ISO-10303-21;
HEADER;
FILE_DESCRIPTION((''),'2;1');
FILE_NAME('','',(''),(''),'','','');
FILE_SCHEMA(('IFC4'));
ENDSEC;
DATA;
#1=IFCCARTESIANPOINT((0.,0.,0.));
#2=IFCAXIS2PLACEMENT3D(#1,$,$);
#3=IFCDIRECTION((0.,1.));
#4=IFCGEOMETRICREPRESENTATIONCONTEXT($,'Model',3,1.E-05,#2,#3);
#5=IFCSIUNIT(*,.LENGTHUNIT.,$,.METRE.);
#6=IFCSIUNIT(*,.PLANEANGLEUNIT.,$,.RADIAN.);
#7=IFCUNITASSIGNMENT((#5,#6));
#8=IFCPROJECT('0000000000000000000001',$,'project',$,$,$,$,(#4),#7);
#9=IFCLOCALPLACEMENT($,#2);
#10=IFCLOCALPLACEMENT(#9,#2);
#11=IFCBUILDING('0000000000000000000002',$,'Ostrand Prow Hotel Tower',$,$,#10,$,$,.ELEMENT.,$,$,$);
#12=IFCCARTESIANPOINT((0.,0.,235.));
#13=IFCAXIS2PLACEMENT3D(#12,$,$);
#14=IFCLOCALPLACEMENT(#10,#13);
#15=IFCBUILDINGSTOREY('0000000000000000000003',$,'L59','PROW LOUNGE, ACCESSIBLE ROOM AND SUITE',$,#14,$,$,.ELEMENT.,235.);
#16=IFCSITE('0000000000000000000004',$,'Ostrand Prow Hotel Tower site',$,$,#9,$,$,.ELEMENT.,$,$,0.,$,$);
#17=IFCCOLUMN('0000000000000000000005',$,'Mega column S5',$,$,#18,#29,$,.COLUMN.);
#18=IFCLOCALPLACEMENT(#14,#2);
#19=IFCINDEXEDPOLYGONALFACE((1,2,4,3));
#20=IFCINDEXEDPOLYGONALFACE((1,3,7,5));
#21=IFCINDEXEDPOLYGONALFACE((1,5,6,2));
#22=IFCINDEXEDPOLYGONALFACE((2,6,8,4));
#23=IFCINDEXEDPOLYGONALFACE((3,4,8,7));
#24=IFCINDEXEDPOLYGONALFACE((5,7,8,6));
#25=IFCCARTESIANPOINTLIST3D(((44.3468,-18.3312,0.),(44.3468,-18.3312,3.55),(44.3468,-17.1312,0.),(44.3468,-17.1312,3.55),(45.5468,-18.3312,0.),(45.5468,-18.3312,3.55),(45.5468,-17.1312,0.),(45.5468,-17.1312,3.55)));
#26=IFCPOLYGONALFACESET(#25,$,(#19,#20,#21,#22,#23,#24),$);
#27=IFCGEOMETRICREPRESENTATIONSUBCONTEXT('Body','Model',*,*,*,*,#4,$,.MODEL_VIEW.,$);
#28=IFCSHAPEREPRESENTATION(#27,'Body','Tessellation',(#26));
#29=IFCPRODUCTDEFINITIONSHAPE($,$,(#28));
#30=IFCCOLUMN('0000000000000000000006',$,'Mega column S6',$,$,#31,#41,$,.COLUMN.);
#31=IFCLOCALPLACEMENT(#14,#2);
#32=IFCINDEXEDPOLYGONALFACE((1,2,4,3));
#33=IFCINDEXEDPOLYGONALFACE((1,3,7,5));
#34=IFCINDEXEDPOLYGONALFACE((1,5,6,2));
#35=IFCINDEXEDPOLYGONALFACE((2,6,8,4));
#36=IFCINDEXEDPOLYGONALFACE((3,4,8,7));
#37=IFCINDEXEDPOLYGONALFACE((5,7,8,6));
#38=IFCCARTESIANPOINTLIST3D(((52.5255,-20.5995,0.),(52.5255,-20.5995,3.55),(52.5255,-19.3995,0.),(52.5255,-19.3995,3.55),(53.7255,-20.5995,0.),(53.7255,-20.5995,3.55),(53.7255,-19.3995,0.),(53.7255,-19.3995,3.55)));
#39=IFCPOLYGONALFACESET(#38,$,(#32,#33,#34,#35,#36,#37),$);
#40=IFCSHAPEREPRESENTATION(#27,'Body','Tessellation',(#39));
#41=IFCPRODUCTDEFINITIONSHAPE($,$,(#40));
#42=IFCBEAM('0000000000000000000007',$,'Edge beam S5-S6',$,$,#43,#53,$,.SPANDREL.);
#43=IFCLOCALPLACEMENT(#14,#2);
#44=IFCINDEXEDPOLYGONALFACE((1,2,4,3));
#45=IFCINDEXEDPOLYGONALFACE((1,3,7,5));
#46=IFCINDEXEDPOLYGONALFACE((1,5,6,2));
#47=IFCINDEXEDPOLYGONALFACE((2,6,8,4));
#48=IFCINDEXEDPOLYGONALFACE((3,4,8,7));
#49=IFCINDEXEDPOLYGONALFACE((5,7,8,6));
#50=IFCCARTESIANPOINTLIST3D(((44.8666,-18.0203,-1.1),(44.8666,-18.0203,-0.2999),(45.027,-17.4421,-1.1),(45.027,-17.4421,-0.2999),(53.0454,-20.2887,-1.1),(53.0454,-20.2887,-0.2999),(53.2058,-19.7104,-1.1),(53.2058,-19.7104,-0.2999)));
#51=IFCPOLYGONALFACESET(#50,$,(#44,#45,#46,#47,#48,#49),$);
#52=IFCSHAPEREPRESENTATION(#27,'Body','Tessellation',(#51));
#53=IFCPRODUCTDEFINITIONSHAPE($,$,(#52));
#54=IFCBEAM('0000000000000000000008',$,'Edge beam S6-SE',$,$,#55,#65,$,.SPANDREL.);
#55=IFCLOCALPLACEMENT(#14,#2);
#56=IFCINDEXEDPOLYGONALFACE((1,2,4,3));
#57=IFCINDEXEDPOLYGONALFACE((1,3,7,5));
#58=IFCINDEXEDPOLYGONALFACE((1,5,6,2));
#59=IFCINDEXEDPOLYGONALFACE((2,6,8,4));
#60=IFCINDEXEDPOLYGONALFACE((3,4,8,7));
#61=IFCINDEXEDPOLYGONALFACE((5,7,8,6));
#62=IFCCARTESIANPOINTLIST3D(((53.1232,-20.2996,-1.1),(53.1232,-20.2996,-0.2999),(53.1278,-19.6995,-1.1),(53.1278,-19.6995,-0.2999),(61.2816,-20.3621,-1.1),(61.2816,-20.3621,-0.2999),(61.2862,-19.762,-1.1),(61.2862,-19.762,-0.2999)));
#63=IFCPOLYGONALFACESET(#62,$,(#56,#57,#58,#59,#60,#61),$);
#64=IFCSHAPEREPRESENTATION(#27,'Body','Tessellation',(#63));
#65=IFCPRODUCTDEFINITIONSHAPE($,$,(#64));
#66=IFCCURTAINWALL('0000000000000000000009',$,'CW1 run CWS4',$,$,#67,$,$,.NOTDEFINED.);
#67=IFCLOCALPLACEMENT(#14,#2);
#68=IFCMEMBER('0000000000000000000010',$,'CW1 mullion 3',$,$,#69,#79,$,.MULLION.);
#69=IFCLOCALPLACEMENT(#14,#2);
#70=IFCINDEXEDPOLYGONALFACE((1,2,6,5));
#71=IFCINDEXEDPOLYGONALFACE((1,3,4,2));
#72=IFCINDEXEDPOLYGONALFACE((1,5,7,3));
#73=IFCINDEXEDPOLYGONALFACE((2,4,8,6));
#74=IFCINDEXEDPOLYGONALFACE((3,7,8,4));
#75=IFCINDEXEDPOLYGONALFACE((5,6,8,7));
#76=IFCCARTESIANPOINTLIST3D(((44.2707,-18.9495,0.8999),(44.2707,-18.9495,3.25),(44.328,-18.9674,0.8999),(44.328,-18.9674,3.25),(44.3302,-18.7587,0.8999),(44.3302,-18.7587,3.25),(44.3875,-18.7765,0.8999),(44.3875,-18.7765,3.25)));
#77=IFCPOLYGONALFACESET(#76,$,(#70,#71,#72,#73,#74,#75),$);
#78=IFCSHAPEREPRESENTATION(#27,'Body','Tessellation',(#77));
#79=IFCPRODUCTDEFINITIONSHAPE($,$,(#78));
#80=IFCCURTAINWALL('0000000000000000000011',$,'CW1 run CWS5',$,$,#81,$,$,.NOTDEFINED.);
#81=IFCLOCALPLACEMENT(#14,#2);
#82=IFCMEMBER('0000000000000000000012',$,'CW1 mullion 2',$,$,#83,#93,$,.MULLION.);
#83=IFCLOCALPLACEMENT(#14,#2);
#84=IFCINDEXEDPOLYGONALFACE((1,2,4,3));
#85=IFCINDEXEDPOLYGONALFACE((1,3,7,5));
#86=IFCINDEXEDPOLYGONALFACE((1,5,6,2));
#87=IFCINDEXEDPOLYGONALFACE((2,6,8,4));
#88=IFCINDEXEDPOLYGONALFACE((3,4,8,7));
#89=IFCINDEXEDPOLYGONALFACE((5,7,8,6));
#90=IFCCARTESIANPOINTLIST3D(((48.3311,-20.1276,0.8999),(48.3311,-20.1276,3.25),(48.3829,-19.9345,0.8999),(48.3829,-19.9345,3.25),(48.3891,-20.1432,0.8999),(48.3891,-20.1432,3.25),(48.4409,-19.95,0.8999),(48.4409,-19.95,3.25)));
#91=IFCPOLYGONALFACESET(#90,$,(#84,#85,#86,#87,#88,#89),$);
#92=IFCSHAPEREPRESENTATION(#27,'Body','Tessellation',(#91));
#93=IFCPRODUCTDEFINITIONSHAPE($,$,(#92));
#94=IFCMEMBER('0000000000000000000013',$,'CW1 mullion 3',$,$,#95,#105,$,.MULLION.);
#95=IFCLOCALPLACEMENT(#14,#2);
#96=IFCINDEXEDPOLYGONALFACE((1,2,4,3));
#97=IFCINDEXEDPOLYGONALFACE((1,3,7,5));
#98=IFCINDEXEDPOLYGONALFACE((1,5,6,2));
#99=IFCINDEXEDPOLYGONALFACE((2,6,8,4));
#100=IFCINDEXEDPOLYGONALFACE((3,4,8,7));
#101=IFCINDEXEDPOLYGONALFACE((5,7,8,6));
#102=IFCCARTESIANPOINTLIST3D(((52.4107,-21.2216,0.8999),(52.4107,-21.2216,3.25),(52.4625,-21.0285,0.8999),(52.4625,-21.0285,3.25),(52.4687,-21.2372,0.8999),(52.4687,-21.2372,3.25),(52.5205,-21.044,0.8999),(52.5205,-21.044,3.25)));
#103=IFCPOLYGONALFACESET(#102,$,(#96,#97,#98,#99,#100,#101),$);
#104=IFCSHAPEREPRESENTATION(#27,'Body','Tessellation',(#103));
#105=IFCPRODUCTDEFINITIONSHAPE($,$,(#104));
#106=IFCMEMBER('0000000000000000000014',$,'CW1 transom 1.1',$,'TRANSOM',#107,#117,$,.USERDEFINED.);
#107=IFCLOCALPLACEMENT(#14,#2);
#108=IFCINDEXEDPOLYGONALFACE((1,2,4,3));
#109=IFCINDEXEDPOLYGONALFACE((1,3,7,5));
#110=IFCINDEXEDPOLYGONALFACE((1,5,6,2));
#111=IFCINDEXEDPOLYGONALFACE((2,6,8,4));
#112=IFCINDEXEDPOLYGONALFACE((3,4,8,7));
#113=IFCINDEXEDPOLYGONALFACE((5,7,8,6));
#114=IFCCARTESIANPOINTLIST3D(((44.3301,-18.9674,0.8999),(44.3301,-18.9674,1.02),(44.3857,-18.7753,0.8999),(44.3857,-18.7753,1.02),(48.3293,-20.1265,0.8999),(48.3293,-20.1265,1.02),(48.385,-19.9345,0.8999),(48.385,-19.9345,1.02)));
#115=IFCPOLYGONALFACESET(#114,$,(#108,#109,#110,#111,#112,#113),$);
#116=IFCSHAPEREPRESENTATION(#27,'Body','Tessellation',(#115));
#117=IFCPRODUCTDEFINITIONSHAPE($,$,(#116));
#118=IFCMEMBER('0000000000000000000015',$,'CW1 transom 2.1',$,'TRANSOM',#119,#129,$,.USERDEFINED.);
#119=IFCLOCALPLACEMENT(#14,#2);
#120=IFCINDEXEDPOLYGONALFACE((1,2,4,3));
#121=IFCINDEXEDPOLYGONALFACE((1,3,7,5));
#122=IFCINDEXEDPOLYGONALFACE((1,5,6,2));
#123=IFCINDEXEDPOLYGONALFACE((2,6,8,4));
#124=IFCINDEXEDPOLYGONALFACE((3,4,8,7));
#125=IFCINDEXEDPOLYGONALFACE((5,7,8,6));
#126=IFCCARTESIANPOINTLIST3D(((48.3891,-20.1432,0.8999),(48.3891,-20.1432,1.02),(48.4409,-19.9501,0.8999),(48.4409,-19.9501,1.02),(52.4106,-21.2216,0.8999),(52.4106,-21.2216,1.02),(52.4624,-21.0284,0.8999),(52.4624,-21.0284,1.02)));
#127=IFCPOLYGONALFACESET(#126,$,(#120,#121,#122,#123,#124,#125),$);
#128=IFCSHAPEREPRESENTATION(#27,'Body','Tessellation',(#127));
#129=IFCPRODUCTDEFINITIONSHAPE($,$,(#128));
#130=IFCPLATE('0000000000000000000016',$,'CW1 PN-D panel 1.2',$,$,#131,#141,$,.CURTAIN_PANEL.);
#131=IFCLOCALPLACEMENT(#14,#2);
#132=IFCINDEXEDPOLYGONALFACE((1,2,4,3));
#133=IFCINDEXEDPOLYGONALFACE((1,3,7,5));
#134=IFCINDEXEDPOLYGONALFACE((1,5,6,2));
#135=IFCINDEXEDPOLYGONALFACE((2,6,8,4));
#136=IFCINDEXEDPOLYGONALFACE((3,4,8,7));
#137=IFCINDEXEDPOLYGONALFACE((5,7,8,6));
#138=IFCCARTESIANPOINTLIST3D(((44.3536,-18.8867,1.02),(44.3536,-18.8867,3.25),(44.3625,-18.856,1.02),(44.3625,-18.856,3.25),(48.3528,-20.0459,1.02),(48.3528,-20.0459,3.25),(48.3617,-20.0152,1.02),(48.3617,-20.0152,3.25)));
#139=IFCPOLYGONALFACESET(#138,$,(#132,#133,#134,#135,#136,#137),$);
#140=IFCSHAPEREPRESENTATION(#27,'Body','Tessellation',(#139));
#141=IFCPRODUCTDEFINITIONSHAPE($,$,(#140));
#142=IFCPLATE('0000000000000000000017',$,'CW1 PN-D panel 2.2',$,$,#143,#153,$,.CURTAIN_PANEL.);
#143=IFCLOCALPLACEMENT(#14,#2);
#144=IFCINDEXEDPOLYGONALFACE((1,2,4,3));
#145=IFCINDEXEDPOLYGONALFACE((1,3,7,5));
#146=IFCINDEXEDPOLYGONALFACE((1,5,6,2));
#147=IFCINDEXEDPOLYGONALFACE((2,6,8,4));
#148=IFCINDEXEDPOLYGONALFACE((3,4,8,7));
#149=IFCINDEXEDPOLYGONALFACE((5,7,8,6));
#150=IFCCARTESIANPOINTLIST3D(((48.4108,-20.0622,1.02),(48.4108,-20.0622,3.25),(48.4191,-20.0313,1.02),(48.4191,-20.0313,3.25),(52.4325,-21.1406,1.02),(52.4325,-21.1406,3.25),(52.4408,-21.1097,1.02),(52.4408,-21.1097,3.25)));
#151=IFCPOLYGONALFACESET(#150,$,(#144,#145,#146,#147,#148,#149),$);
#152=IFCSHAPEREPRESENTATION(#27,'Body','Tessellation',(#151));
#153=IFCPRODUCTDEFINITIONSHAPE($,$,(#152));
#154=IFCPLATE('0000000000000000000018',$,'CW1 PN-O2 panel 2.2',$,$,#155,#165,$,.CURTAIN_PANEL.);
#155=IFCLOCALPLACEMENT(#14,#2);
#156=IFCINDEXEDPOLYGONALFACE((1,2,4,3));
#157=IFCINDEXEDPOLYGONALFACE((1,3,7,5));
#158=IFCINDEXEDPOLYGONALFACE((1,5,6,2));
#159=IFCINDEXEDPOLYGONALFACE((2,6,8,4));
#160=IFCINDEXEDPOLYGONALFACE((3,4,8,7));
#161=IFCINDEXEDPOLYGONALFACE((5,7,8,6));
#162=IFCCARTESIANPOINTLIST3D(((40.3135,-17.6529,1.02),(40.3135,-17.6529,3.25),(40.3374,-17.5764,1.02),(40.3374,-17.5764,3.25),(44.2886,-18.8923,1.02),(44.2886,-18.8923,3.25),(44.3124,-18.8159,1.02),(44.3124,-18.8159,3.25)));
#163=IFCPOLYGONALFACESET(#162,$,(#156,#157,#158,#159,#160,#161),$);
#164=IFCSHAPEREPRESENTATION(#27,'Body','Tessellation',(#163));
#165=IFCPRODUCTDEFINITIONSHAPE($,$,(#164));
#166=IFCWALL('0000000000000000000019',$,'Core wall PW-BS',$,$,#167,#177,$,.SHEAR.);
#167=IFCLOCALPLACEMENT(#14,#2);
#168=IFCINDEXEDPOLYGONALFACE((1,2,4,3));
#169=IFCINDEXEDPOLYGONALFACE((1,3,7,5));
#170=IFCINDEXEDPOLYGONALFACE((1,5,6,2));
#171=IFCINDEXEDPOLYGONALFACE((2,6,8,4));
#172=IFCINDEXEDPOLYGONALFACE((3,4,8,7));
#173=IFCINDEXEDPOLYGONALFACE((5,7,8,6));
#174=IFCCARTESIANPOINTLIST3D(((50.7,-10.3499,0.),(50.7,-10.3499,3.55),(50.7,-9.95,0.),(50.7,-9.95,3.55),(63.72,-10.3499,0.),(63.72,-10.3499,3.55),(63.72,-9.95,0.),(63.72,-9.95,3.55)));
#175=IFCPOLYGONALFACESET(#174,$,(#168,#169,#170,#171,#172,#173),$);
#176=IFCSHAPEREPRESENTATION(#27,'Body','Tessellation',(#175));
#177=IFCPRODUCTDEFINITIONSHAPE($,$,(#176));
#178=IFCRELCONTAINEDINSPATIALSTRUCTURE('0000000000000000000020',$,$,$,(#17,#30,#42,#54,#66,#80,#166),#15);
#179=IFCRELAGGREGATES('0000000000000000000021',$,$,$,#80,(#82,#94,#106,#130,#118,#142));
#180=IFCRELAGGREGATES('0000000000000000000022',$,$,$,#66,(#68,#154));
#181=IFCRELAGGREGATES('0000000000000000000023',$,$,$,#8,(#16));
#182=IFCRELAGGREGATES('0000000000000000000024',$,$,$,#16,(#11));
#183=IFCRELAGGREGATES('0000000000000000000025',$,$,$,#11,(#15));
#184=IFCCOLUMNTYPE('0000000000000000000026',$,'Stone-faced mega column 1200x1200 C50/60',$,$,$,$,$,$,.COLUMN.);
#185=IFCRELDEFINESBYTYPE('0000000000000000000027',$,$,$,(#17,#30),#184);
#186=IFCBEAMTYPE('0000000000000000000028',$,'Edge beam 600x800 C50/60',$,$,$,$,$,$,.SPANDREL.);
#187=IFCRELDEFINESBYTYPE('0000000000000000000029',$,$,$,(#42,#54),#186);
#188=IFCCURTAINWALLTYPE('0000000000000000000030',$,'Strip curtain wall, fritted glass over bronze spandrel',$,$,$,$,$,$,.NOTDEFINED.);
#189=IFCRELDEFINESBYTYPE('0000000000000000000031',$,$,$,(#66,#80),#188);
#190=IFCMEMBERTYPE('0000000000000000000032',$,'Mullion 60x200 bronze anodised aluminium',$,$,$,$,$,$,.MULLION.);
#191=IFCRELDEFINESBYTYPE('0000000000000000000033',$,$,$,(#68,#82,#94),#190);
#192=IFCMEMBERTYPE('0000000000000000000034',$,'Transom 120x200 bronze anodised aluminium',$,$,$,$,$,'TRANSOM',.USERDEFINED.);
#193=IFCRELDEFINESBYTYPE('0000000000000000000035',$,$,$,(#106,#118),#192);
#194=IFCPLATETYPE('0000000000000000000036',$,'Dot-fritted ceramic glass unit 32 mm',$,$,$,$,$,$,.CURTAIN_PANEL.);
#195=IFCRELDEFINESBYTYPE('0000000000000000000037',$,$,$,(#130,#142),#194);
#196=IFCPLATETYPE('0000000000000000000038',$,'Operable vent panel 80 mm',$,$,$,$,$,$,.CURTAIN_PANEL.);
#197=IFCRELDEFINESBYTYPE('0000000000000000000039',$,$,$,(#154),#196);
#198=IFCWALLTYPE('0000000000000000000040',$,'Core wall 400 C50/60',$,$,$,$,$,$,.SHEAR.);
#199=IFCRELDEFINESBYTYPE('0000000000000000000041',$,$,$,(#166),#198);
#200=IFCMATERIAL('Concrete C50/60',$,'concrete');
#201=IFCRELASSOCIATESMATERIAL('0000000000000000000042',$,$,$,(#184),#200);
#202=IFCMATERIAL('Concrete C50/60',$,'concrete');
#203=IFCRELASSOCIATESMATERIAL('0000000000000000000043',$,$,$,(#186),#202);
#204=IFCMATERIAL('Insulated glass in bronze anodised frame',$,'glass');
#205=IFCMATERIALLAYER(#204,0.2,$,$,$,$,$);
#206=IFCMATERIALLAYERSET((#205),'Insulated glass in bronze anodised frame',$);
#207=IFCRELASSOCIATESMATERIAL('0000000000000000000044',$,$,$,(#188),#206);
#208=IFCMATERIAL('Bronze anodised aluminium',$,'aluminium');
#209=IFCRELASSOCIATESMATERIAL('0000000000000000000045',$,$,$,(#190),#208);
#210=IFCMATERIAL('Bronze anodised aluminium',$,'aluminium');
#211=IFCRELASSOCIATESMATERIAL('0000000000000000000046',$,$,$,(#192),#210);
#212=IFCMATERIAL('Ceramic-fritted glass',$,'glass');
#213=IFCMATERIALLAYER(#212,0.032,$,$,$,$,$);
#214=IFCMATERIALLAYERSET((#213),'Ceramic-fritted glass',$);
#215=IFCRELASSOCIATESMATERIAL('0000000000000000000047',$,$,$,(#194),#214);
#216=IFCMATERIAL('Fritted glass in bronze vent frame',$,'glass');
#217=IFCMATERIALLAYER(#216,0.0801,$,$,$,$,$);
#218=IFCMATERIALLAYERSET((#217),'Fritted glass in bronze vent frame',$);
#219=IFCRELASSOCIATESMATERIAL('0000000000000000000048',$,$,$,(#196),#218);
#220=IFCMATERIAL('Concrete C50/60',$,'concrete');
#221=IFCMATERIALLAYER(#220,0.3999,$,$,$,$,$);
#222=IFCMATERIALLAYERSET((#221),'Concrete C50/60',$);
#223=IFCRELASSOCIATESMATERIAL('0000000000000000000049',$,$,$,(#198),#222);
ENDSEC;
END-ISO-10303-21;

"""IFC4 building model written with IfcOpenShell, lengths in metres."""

from ifc_helpers import new_model, si_unit, direction, frame, frame_2d, origin, origin_2d, place, context, subcontext, project, spatial, rectangle, extrude, material, layer, layer_set, material_profile, profile_set, type_object, element, aggregate, save


model = new_model("IFC4")

# Units and contexts
model_context = context("Model", 3, precision=1e-05, world=origin(), true_north=direction((0.0, 1.0)))
body_context = subcontext(model_context, "Body", "Model", "MODEL_VIEW")
ifc_project = project(units=[si_unit("LENGTHUNIT", "METRE"), si_unit("PLANEANGLEUNIT", "RADIAN")], contexts=[model_context])

# Site, building, storey
site_placement = place(None, origin())
site = spatial("IfcSite", under=ifc_project, at=site_placement, Name="Ostrand Prow Hotel Tower site", CompositionType="ELEMENT", RefElevation=0.0)
building_placement = place(site_placement, origin())
building = spatial("IfcBuilding", under=site, at=building_placement, Name="Ostrand Prow Hotel Tower", CompositionType="ELEMENT")
storey_placement = place(building_placement, frame((0.0, 0.0, 235.0)))
storey = spatial("IfcBuildingStorey", under=building, at=storey_placement, Name="L59", Description="PROW LOUNGE, ACCESSIBLE ROOM AND SUITE", CompositionType="ELEMENT", Elevation=235.0)

# Columns
ifc_material_1 = material(Name="Concrete C50/60", Category="concrete")
ifc_material_profile_1 = material_profile(ifc_material_1, rectangle(XDim=1.2, YDim=1.2, at=origin_2d()), Name="RC 1200x1200")
ifc_profile_set_1 = profile_set([ifc_material_profile_1], Name="Concrete C50/60")
column_type = type_object("IfcColumnType", Name="Stone-faced mega column 1200x1200 C50/60", PredefinedType="COLUMN", material=ifc_profile_set_1)
for number, where, z_axis, x_axis, name in (
    (1, (44.9468, -17.7312, 0.0), (0.0, 0.0, 1.0), (1.0, 0.0, 0.0), "Mega column S5"),
    (2, (53.1255, -19.9995, 0.0), (0.0, 0.0, 1.0), (1.0, 0.0, 0.0), "Mega column S6"),
):
    element("IfcColumn", number, at=place(storey_placement, frame(where, z_axis=z_axis, x_axis=x_axis)), inside=storey, type_object=column_type, Name=name, PredefinedType="COLUMN", context=body_context, shape_type="SweptSolid", body=[
        extrude(rectangle(XDim=1.2, YDim=1.2, at=origin_2d()), origin(), (0.0, 0.0, 1.0), 3.55),
    ])

# Beams
ifc_material_2 = material(Name="Concrete C50/60", Category="concrete")
ifc_material_profile_2 = material_profile(ifc_material_2, rectangle(XDim=0.6001, YDim=0.8, at=origin_2d()), Name="RC 600x800")
ifc_profile_set_2 = profile_set([ifc_material_profile_2], Name="Concrete C50/60")
beam_type = type_object("IfcBeamType", Name="Edge beam 600x800 C50/60", PredefinedType="SPANDREL", material=ifc_profile_set_2)
beam_1_placement = place(storey_placement, frame((44.9468, -17.7312, -0.7), z_axis=(0.963626, -0.267255, 0.0), x_axis=(0.267255, 0.963626, 0.0)))
element("IfcBeam", 3, at=beam_1_placement, inside=storey, type_object=beam_type, Name="Edge beam S5-S6", PredefinedType="SPANDREL", context=body_context, shape_type="SweptSolid", body=[
    extrude(rectangle(XDim=0.6001, YDim=0.8, at=origin_2d()), origin(), (0.0, 0.0, 1.0), 8.4875),
])
beam_2_placement = place(storey_placement, frame((53.1255, -19.9995, -0.7), z_axis=(0.999971, -0.007661, 0.0), x_axis=(0.007661, 0.999971, 0.0)))
element("IfcBeam", 4, at=beam_2_placement, inside=storey, type_object=beam_type, Name="Edge beam S6-SE", PredefinedType="SPANDREL", context=body_context, shape_type="SweptSolid", body=[
    extrude(rectangle(XDim=0.6001, YDim=0.8, at=origin_2d()), origin(), (0.0, 0.0, 1.0), 8.1587),
])

# Curtain wall, member
ifc_material_3 = material(Name="Insulated glass in bronze anodised frame", Category="glass")
ifc_layer_1 = layer(ifc_material_3, 0.2)
ifc_layer_set_1 = layer_set([ifc_layer_1], Name="Insulated glass in bronze anodised frame")
curtain_wall_type = type_object("IfcCurtainWallType", Name="Strip curtain wall, fritted glass over bronze spandrel", PredefinedType="NOTDEFINED", material=ifc_layer_set_1)
curtain_wall_1_placement = place(storey_placement, origin())
curtain_wall_1 = element("IfcCurtainWall", 5, at=curtain_wall_1_placement, inside=storey, type_object=curtain_wall_type, Name="CW1 run CWS4", PredefinedType="NOTDEFINED")
ifc_material_4 = material(Name="Bronze anodised aluminium", Category="aluminium")
ifc_material_profile_3 = material_profile(ifc_material_4, rectangle(XDim=0.2, YDim=0.0601, at=origin_2d()), Name="Mullion 60x200 bronze anodised aluminium")
ifc_profile_set_3 = profile_set([ifc_material_profile_3], Name="Bronze anodised aluminium")
member_type_1 = type_object("IfcMemberType", Name="Mullion 60x200 bronze anodised aluminium", PredefinedType="MULLION", material=ifc_profile_set_3)
member_1_placement = place(storey_placement, frame((44.3291, -18.863, 0.8999), z_axis=(0.0, 0.0, 1.0), x_axis=(0.297678, 0.954666, 0.0)))
member_1 = element("IfcMember", 6, at=member_1_placement, type_object=member_type_1, Name="CW1 mullion 3", PredefinedType="MULLION", context=body_context, shape_type="SweptSolid", body=[
    extrude(rectangle(XDim=0.2, YDim=0.0601, at=origin_2d()), origin(), (0.0, 0.0, 1.0), 2.3501),
])

# Curtain wall, members, plates
curtain_wall_2_placement = place(storey_placement, origin())
curtain_wall_2 = element("IfcCurtainWall", 7, at=curtain_wall_2_placement, inside=storey, type_object=curtain_wall_type, Name="CW1 run CWS5", PredefinedType="NOTDEFINED")
member_2_placement = place(storey_placement, frame((48.386, -20.0388, 0.8999), z_axis=(0.0, 0.0, 1.0), x_axis=(0.258994, 0.965879, 0.0)))
member_2 = element("IfcMember", 8, at=member_2_placement, type_object=member_type_1, Name="CW1 mullion 2", PredefinedType="MULLION", context=body_context, shape_type="SweptSolid", body=[
    extrude(rectangle(XDim=0.2, YDim=0.0601, at=origin_2d()), origin(), (0.0, 0.0, 1.0), 2.3501),
])
member_3_placement = place(storey_placement, frame((52.4656, -21.1328, 0.8999), z_axis=(0.0, 0.0, 1.0), x_axis=(0.258994, 0.965879, 0.0)))
member_3 = element("IfcMember", 9, at=member_3_placement, type_object=member_type_1, Name="CW1 mullion 3", PredefinedType="MULLION", context=body_context, shape_type="SweptSolid", body=[
    extrude(rectangle(XDim=0.2, YDim=0.0601, at=origin_2d()), origin(), (0.0, 0.0, 1.0), 2.3501),
])
ifc_material_5 = material(Name="Bronze anodised aluminium", Category="aluminium")
ifc_material_profile_4 = material_profile(ifc_material_5, rectangle(XDim=0.2, YDim=0.1201, at=origin_2d()), Name="Transom 120x200 bronze anodised aluminium")
ifc_profile_set_4 = profile_set([ifc_material_profile_4], Name="Bronze anodised aluminium")
member_type_2 = type_object("IfcMemberType", Name="Transom 120x200 bronze anodised aluminium", ElementType="TRANSOM", PredefinedType="USERDEFINED", material=ifc_profile_set_4)
member_4_placement = place(storey_placement, frame((44.3579, -18.8713, 0.96), z_axis=(0.960468, -0.27839, 0.0), x_axis=(0.27839, 0.960468, 0.0)))
member_4 = element("IfcMember", 10, at=member_4_placement, type_object=member_type_2, Name="CW1 transom 1.1", ObjectType="TRANSOM", PredefinedType="USERDEFINED", context=body_context, shape_type="SweptSolid", body=[
    extrude(rectangle(XDim=0.2, YDim=0.1201, at=origin_2d()), origin(), (0.0, 0.0, 1.0), 4.1638),
])
member_5_placement = place(storey_placement, frame((48.415, -20.0466, 0.96), z_axis=(0.965877, -0.259002, 0.0), x_axis=(0.259002, 0.965877, 0.0)))
member_5 = element("IfcMember", 11, at=member_5_placement, type_object=member_type_2, Name="CW1 transom 2.1", ObjectType="TRANSOM", PredefinedType="USERDEFINED", context=body_context, shape_type="SweptSolid", body=[
    extrude(rectangle(XDim=0.2, YDim=0.1201, at=origin_2d()), origin(), (0.0, 0.0, 1.0), 4.1636),
])
ifc_material_6 = material(Name="Ceramic-fritted glass", Category="glass")
ifc_layer_2 = layer(ifc_material_6, 0.032)
ifc_layer_set_2 = layer_set([ifc_layer_2], Name="Ceramic-fritted glass")
plate_type_1 = type_object("IfcPlateType", Name="Dot-fritted ceramic glass unit 32 mm", PredefinedType="CURTAIN_PANEL", material=ifc_layer_set_2)
plate_1_placement = place(storey_placement, frame((46.3577, -19.4509, 1.02), z_axis=(0.0, 0.0, 1.0), x_axis=(0.960467, -0.278393, 0.0)))
plate_1 = element("IfcPlate", 12, at=plate_1_placement, type_object=plate_type_1, Name="CW1 PN-D panel 1.2", PredefinedType="CURTAIN_PANEL", context=body_context, shape_type="SweptSolid", body=[
    extrude(rectangle(XDim=4.1638, YDim=0.032, at=origin_2d()), origin(), (0.0, 0.0, 1.0), 2.23),
])
plate_2_placement = place(storey_placement, frame((50.4258, -20.5859, 1.02), z_axis=(0.0, 0.0, 1.0), x_axis=(0.965879, -0.258994, 0.0)))
plate_2 = element("IfcPlate", 13, at=plate_2_placement, type_object=plate_type_1, Name="CW1 PN-D panel 2.2", PredefinedType="CURTAIN_PANEL", context=body_context, shape_type="SweptSolid", body=[
    extrude(rectangle(XDim=4.1638, YDim=0.032, at=origin_2d()), origin(), (0.0, 0.0, 1.0), 2.23),
])
aggregate(curtain_wall_2, [member_2, member_3, member_4, plate_1, member_5, plate_2])

# Plate
ifc_material_7 = material(Name="Fritted glass in bronze vent frame", Category="glass")
ifc_layer_3 = layer(ifc_material_7, 0.0801)
ifc_layer_set_3 = layer_set([ifc_layer_3], Name="Fritted glass in bronze vent frame")
plate_type_2 = type_object("IfcPlateType", Name="Operable vent panel 80 mm", PredefinedType="CURTAIN_PANEL", material=ifc_layer_set_3)
plate_3_placement = place(storey_placement, frame((42.313, -18.2344, 1.02), z_axis=(0.0, 0.0, 1.0), x_axis=(0.954666, -0.297678, 0.0)))
plate_3 = element("IfcPlate", 14, at=plate_3_placement, type_object=plate_type_2, Name="CW1 PN-O2 panel 2.2", PredefinedType="CURTAIN_PANEL", context=body_context, shape_type="SweptSolid", body=[
    extrude(rectangle(XDim=4.1638, YDim=0.0801, at=origin_2d()), origin(), (0.0, 0.0, 1.0), 2.23),
])
aggregate(curtain_wall_1, [member_1, plate_3])

# Wall
ifc_material_8 = material(Name="Concrete C50/60", Category="concrete")
ifc_layer_4 = layer(ifc_material_8, 0.3999)
ifc_layer_set_4 = layer_set([ifc_layer_4], Name="Concrete C50/60")
wall_type_1 = type_object("IfcWallType", Name="Core wall 400 C50/60", PredefinedType="SHEAR", material=ifc_layer_set_4)
wall_1_placement = place(storey_placement, frame((50.7, -10.1499, 0.0), z_axis=(0.0, 0.0, 1.0), x_axis=(1.0, 0.0, 0.0)))
element("IfcWall", 15, at=wall_1_placement, inside=storey, type_object=wall_type_1, Name="Core wall PW-BS", PredefinedType="SHEAR", context=body_context, shape_type="SweptSolid", body=[
    extrude(rectangle(XDim=13.02, YDim=0.3999, at=frame_2d((6.51, 0.0))), origin(), (0.0, 0.0, 1.0), 3.55),
])

save(model, "model.ifc")
